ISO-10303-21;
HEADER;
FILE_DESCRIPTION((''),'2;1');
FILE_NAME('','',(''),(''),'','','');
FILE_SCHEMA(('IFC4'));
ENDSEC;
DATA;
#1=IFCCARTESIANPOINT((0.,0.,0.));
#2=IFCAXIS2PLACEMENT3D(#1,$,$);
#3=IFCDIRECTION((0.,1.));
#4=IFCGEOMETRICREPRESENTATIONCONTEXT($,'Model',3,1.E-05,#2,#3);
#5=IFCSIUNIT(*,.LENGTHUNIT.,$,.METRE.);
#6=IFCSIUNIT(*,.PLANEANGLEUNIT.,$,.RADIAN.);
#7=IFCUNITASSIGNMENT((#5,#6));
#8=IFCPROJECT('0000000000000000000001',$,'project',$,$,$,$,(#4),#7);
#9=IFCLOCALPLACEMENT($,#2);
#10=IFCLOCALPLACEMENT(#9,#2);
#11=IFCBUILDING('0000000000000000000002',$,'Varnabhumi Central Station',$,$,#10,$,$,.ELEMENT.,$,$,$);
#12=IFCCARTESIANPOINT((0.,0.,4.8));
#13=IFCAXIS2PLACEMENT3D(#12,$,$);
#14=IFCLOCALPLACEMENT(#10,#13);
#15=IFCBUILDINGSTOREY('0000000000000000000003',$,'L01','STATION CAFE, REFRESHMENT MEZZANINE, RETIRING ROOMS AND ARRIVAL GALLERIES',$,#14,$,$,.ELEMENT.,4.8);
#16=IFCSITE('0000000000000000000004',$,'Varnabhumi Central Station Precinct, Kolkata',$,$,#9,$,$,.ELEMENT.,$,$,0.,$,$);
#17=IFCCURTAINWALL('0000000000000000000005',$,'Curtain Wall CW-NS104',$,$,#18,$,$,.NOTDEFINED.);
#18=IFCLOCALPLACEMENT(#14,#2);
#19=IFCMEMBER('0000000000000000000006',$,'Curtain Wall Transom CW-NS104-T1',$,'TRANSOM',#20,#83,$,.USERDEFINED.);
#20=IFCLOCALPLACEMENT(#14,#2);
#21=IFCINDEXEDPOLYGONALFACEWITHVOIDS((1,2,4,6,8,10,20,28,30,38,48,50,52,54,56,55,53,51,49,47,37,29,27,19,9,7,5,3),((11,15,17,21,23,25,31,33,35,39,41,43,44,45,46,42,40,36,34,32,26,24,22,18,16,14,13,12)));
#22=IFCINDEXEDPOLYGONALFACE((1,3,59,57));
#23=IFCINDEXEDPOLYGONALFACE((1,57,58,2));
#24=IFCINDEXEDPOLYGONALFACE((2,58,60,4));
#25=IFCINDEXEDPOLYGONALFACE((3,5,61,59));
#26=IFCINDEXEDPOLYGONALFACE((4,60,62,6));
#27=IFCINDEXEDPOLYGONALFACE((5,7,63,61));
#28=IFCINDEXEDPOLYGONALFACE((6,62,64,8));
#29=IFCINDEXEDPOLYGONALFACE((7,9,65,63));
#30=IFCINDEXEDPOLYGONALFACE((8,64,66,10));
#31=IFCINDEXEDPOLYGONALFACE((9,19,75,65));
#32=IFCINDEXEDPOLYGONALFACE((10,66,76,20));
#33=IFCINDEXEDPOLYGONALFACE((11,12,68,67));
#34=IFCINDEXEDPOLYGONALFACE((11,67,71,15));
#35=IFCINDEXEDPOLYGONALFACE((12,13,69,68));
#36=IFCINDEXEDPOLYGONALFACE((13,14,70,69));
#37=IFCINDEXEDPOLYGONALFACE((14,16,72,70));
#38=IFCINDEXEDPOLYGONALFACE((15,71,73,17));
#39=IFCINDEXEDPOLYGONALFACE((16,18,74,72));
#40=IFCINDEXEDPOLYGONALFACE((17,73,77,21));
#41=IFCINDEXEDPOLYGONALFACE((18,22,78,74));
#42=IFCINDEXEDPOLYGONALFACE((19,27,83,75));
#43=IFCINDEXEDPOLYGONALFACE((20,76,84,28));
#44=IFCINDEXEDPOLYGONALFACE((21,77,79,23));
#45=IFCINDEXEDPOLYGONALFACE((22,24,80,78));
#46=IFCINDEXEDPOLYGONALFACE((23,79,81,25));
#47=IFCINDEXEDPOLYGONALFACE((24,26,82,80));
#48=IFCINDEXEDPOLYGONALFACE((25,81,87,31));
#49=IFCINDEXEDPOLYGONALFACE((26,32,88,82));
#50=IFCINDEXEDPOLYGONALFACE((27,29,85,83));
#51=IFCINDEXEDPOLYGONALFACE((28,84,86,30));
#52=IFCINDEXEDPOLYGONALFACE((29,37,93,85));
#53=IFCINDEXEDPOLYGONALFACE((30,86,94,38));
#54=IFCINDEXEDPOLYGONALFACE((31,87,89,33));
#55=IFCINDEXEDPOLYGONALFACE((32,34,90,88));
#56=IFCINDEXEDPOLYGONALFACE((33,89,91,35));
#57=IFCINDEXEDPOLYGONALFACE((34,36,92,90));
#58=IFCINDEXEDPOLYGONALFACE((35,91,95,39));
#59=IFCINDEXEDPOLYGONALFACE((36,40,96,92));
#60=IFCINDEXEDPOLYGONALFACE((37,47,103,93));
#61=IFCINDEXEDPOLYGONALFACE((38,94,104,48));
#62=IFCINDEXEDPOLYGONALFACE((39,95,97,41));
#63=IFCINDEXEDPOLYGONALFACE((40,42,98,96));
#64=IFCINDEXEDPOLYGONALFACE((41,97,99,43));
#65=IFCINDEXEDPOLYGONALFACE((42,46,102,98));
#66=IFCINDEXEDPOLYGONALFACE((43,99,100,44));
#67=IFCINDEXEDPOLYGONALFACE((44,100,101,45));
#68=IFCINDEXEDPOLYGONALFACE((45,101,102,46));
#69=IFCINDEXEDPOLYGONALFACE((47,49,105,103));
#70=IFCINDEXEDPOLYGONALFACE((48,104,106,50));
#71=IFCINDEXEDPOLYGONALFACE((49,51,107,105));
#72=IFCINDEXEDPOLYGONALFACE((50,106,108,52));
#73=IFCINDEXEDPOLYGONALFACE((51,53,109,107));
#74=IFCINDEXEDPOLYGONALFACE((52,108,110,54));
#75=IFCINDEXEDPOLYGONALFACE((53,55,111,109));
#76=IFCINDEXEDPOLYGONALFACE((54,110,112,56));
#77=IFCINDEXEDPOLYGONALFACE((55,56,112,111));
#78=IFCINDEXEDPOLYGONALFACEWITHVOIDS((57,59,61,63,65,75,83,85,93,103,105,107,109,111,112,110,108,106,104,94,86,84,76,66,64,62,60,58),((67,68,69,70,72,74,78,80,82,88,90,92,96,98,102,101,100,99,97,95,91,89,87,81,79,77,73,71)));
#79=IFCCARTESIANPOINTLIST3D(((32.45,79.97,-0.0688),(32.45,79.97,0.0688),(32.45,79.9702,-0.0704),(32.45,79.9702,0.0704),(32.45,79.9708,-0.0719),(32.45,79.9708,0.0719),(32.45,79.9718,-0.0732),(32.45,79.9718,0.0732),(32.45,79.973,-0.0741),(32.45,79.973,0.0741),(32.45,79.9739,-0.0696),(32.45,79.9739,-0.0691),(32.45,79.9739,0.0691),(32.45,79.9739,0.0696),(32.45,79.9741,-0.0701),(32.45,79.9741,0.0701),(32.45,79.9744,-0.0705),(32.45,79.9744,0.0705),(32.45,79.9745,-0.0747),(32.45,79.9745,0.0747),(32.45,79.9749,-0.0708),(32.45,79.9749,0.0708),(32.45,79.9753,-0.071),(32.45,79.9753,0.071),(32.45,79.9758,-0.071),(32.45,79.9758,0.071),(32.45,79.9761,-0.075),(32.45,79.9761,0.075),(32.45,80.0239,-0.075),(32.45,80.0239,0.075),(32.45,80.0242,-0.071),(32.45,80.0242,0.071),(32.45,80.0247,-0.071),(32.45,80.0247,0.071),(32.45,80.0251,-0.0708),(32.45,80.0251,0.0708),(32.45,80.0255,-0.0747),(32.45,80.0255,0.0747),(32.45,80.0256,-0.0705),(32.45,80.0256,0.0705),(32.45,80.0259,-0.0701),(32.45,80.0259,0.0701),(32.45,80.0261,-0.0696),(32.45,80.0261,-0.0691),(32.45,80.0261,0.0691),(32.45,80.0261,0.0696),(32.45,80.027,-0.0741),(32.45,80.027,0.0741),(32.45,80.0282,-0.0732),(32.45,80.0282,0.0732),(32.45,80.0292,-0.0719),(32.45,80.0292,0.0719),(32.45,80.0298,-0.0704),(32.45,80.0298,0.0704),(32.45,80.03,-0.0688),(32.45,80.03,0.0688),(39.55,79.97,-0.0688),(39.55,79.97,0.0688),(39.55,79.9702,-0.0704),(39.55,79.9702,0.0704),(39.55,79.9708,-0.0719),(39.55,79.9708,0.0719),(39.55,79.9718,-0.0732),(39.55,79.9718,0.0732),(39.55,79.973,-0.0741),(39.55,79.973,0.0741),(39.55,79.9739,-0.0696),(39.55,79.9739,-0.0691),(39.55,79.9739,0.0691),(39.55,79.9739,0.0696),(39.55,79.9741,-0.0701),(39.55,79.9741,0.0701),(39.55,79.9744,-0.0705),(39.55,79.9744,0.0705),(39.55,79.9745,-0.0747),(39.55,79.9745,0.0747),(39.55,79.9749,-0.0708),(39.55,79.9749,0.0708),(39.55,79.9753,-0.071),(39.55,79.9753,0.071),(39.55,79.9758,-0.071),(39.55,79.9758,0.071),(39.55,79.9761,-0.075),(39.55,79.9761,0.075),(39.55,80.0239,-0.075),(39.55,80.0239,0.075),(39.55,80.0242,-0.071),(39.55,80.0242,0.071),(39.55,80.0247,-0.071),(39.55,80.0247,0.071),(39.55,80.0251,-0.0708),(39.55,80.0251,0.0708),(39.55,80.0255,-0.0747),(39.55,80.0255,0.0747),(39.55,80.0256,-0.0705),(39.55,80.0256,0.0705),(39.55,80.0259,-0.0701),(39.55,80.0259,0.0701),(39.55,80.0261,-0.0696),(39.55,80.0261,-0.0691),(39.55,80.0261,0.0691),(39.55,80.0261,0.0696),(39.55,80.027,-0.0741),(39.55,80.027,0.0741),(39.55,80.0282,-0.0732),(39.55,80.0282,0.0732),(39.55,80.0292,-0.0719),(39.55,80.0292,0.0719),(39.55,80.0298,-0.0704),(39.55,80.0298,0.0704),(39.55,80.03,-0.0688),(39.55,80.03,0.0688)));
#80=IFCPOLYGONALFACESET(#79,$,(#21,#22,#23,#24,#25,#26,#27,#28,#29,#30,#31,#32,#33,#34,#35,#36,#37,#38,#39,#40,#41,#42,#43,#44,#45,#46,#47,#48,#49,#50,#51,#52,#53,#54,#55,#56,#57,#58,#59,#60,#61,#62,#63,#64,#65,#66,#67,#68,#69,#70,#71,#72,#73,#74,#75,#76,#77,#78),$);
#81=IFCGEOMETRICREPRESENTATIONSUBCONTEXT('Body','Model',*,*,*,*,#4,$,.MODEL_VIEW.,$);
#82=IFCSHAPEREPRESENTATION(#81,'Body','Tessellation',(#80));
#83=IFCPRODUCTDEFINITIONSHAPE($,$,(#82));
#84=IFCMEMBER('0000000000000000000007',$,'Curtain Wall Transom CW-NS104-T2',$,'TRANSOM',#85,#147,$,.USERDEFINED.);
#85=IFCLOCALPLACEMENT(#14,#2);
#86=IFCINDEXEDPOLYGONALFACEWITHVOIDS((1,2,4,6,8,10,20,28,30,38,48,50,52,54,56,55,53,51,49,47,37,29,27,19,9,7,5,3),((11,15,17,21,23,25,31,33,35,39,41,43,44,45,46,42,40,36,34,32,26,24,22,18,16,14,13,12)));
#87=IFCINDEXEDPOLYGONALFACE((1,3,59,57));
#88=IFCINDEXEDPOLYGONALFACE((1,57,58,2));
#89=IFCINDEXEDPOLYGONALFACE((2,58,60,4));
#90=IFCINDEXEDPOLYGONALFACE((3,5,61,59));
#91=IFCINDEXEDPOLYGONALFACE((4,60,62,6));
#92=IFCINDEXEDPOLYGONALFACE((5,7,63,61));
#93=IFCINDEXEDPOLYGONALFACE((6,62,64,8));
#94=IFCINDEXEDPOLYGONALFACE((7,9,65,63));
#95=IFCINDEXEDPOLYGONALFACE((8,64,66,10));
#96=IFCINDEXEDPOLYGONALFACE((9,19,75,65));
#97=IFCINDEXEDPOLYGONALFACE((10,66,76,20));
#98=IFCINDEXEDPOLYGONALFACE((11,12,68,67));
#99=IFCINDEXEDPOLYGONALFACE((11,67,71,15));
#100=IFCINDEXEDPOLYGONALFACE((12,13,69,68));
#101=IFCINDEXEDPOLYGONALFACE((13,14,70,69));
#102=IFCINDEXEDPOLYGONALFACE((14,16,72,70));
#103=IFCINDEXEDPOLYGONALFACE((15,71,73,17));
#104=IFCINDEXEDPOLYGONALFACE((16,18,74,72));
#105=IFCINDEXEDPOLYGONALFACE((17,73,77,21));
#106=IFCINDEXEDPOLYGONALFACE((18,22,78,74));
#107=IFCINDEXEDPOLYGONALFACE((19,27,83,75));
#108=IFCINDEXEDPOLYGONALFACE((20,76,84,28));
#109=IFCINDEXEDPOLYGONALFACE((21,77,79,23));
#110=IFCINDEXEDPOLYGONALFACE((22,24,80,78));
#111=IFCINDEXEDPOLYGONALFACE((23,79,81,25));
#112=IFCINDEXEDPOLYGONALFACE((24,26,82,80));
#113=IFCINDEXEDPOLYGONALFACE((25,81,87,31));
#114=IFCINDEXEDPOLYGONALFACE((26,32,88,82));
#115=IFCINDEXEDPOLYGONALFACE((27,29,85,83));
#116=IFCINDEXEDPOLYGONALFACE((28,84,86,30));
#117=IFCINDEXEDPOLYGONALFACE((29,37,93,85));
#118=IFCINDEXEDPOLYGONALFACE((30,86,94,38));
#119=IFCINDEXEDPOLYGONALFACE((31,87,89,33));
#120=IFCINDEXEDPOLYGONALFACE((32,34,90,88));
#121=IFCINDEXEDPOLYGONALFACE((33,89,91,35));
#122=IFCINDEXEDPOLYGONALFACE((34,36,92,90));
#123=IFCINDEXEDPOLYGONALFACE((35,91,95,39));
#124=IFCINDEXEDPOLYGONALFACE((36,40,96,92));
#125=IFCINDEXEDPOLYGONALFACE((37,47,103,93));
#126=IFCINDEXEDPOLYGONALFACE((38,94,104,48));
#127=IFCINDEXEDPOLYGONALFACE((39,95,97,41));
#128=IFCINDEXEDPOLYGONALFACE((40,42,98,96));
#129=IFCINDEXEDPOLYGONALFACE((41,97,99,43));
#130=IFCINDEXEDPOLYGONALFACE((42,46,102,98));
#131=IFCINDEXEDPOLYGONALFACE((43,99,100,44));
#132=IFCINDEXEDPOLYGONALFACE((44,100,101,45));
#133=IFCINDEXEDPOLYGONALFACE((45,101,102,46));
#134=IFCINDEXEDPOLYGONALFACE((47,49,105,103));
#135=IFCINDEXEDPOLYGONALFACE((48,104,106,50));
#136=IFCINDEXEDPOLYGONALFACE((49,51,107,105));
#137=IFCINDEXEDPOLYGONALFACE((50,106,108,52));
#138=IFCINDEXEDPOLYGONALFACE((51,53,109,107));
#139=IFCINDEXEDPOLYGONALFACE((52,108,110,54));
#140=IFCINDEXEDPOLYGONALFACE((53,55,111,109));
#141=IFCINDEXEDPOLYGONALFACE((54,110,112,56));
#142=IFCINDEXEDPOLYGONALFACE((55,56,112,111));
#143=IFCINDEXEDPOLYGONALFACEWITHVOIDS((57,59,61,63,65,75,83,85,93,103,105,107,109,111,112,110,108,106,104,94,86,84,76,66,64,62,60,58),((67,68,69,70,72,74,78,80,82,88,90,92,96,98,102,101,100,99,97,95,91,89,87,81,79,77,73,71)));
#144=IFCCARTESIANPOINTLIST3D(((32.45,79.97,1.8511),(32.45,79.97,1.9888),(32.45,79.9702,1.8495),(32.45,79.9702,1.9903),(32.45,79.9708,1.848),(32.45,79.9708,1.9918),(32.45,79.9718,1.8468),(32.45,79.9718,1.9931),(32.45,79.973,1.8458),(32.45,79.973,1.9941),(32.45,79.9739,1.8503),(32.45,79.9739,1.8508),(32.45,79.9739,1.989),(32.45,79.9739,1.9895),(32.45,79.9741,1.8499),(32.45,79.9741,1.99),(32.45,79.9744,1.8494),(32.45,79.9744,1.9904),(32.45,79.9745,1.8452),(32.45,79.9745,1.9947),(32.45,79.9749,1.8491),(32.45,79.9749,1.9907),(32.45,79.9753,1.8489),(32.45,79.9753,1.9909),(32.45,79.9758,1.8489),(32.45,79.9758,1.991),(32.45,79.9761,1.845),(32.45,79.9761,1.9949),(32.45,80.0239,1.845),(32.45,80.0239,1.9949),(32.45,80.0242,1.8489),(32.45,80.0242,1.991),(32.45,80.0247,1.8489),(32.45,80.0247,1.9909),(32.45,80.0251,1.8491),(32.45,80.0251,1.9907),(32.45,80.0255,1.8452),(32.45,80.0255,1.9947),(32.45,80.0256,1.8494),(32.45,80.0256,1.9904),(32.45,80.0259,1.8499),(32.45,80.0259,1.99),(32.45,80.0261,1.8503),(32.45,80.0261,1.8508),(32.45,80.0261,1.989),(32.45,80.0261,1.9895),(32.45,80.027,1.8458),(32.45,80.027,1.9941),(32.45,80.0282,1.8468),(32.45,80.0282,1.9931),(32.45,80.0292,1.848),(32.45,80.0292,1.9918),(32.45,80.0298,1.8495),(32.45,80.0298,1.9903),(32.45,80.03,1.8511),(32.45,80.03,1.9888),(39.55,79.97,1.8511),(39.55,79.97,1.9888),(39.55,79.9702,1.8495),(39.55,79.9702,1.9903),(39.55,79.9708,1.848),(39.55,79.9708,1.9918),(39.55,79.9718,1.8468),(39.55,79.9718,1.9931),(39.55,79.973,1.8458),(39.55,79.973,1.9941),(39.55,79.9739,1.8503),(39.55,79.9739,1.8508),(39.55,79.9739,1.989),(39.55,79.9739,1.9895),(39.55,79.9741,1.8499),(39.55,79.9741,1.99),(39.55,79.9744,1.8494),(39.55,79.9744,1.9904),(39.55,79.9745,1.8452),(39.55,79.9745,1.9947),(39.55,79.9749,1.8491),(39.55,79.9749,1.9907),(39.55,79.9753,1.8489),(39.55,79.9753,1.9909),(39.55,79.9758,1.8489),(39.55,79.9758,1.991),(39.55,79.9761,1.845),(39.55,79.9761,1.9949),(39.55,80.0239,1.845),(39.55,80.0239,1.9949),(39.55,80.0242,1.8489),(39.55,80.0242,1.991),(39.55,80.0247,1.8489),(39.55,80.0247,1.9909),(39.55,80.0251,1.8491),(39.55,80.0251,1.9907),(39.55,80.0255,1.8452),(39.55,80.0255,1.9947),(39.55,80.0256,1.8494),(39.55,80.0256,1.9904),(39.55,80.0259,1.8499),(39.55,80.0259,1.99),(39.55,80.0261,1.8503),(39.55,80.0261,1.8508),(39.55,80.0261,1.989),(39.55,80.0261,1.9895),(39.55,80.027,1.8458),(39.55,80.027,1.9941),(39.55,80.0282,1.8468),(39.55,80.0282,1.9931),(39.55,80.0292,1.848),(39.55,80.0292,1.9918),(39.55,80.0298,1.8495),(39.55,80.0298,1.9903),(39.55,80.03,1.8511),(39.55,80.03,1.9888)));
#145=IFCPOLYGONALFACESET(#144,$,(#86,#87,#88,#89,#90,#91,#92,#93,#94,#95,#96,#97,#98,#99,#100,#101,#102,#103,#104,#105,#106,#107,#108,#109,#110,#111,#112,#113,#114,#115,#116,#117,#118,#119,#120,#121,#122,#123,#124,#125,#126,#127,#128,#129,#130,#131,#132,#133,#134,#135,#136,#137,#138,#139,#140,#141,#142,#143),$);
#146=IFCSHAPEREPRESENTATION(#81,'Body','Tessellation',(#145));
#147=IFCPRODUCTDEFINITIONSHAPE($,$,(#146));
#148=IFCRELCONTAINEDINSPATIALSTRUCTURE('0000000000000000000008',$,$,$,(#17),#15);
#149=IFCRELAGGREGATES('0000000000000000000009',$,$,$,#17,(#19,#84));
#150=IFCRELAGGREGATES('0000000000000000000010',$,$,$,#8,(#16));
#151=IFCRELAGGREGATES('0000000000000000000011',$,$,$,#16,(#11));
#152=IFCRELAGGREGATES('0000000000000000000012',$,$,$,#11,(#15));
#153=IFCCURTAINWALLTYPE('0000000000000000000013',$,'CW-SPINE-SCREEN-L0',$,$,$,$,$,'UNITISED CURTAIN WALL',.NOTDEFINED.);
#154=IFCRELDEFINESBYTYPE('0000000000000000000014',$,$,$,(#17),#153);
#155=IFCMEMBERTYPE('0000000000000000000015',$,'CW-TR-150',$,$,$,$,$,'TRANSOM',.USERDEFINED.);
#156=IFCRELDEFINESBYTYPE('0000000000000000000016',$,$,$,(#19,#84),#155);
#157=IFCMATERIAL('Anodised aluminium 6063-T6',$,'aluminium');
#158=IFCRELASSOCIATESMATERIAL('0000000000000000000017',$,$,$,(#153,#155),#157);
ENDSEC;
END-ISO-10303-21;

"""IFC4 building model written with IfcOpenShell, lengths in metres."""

from ifc_helpers import new_model, si_unit, direction, frame, origin, origin_2d, place, context, subcontext, project, spatial, hollow_rectangle, extrude, material, material_profile, profile_set, type_object, element, aggregate, save


model = new_model("IFC4")

# Units and contexts
model_context = context("Model", 3, precision=1e-05, world=origin(), true_north=direction((0.0, 1.0)))
body_context = subcontext(model_context, "Body", "Model", "MODEL_VIEW")
ifc_project = project(units=[si_unit("LENGTHUNIT", "METRE"), si_unit("PLANEANGLEUNIT", "RADIAN")], contexts=[model_context])

# Site, building, storey
site_placement = place(None, origin())
site = spatial("IfcSite", under=ifc_project, at=site_placement, Name="Varnabhumi Central Station Precinct, Kolkata", CompositionType="ELEMENT", RefElevation=0.0)
building_placement = place(site_placement, origin())
building = spatial("IfcBuilding", under=site, at=building_placement, Name="Varnabhumi Central Station", CompositionType="ELEMENT")
storey_placement = place(building_placement, frame((0.0, 0.0, 4.8)))
storey = spatial("IfcBuildingStorey", under=building, at=storey_placement, Name="L01", Description="STATION CAFE, REFRESHMENT MEZZANINE, RETIRING ROOMS AND ARRIVAL GALLERIES", CompositionType="ELEMENT", Elevation=4.8)

# Curtain wall
ifc_material_1 = material(Name="Anodised aluminium 6063-T6", Category="aluminium")
curtain_wall_type_1 = type_object("IfcCurtainWallType", Name="CW-SPINE-SCREEN-L0", ElementType="UNITISED CURTAIN WALL", PredefinedType="NOTDEFINED", material=ifc_material_1)
curtain_wall_1_placement = place(storey_placement, origin())
curtain_wall_1 = element("IfcCurtainWall", 1, at=curtain_wall_1_placement, inside=storey, type_object=curtain_wall_type_1, Name="Curtain Wall CW-NS104", PredefinedType="NOTDEFINED")

# Members
ifc_material_profile_1 = material_profile(ifc_material_1, hollow_rectangle(XDim=0.0601, YDim=0.1499, WallThickness=0.0039, InnerFilletRadius=0.002, OuterFilletRadius=0.0061, at=origin_2d()), Name="Anodised aluminium 6063-T6", Category="aluminium")
ifc_profile_set_1 = profile_set([ifc_material_profile_1], Name="Anodised aluminium 6063-T6")
member_type_1 = type_object("IfcMemberType", Name="CW-TR-150", ElementType="TRANSOM", PredefinedType="USERDEFINED", material=ifc_profile_set_1)
member_1_placement = place(storey_placement, frame((32.45, 80.0, 0.0), z_axis=(1.0, 0.0, 0.0), x_axis=(0.0, 1.0, 0.0)))
member_1 = element("IfcMember", 2, at=member_1_placement, type_object=member_type_1, Name="Curtain Wall Transom CW-NS104-T1", ObjectType="TRANSOM", PredefinedType="USERDEFINED", context=body_context, shape_type="SweptSolid", body=[
    extrude(hollow_rectangle(XDim=0.0601, YDim=0.1499, WallThickness=0.0039, InnerFilletRadius=0.002, OuterFilletRadius=0.0061, at=origin_2d()), origin(), (0.0, 0.0, 1.0), 7.1001),
])
member_2_placement = place(storey_placement, frame((32.45, 80.0, 1.9199), z_axis=(1.0, 0.0, 0.0), x_axis=(0.0, 1.0, 0.0)))
member_2 = element("IfcMember", 3, at=member_2_placement, type_object=member_type_1, Name="Curtain Wall Transom CW-NS104-T2", ObjectType="TRANSOM", PredefinedType="USERDEFINED", context=body_context, shape_type="SweptSolid", body=[
    extrude(hollow_rectangle(XDim=0.0601, YDim=0.1499, WallThickness=0.0039, InnerFilletRadius=0.002, OuterFilletRadius=0.0061, at=origin_2d()), origin(), (0.0, 0.0, 1.0), 7.1001),
])

aggregate(curtain_wall_1, [member_1, member_2])

save(model, "model.ifc")
